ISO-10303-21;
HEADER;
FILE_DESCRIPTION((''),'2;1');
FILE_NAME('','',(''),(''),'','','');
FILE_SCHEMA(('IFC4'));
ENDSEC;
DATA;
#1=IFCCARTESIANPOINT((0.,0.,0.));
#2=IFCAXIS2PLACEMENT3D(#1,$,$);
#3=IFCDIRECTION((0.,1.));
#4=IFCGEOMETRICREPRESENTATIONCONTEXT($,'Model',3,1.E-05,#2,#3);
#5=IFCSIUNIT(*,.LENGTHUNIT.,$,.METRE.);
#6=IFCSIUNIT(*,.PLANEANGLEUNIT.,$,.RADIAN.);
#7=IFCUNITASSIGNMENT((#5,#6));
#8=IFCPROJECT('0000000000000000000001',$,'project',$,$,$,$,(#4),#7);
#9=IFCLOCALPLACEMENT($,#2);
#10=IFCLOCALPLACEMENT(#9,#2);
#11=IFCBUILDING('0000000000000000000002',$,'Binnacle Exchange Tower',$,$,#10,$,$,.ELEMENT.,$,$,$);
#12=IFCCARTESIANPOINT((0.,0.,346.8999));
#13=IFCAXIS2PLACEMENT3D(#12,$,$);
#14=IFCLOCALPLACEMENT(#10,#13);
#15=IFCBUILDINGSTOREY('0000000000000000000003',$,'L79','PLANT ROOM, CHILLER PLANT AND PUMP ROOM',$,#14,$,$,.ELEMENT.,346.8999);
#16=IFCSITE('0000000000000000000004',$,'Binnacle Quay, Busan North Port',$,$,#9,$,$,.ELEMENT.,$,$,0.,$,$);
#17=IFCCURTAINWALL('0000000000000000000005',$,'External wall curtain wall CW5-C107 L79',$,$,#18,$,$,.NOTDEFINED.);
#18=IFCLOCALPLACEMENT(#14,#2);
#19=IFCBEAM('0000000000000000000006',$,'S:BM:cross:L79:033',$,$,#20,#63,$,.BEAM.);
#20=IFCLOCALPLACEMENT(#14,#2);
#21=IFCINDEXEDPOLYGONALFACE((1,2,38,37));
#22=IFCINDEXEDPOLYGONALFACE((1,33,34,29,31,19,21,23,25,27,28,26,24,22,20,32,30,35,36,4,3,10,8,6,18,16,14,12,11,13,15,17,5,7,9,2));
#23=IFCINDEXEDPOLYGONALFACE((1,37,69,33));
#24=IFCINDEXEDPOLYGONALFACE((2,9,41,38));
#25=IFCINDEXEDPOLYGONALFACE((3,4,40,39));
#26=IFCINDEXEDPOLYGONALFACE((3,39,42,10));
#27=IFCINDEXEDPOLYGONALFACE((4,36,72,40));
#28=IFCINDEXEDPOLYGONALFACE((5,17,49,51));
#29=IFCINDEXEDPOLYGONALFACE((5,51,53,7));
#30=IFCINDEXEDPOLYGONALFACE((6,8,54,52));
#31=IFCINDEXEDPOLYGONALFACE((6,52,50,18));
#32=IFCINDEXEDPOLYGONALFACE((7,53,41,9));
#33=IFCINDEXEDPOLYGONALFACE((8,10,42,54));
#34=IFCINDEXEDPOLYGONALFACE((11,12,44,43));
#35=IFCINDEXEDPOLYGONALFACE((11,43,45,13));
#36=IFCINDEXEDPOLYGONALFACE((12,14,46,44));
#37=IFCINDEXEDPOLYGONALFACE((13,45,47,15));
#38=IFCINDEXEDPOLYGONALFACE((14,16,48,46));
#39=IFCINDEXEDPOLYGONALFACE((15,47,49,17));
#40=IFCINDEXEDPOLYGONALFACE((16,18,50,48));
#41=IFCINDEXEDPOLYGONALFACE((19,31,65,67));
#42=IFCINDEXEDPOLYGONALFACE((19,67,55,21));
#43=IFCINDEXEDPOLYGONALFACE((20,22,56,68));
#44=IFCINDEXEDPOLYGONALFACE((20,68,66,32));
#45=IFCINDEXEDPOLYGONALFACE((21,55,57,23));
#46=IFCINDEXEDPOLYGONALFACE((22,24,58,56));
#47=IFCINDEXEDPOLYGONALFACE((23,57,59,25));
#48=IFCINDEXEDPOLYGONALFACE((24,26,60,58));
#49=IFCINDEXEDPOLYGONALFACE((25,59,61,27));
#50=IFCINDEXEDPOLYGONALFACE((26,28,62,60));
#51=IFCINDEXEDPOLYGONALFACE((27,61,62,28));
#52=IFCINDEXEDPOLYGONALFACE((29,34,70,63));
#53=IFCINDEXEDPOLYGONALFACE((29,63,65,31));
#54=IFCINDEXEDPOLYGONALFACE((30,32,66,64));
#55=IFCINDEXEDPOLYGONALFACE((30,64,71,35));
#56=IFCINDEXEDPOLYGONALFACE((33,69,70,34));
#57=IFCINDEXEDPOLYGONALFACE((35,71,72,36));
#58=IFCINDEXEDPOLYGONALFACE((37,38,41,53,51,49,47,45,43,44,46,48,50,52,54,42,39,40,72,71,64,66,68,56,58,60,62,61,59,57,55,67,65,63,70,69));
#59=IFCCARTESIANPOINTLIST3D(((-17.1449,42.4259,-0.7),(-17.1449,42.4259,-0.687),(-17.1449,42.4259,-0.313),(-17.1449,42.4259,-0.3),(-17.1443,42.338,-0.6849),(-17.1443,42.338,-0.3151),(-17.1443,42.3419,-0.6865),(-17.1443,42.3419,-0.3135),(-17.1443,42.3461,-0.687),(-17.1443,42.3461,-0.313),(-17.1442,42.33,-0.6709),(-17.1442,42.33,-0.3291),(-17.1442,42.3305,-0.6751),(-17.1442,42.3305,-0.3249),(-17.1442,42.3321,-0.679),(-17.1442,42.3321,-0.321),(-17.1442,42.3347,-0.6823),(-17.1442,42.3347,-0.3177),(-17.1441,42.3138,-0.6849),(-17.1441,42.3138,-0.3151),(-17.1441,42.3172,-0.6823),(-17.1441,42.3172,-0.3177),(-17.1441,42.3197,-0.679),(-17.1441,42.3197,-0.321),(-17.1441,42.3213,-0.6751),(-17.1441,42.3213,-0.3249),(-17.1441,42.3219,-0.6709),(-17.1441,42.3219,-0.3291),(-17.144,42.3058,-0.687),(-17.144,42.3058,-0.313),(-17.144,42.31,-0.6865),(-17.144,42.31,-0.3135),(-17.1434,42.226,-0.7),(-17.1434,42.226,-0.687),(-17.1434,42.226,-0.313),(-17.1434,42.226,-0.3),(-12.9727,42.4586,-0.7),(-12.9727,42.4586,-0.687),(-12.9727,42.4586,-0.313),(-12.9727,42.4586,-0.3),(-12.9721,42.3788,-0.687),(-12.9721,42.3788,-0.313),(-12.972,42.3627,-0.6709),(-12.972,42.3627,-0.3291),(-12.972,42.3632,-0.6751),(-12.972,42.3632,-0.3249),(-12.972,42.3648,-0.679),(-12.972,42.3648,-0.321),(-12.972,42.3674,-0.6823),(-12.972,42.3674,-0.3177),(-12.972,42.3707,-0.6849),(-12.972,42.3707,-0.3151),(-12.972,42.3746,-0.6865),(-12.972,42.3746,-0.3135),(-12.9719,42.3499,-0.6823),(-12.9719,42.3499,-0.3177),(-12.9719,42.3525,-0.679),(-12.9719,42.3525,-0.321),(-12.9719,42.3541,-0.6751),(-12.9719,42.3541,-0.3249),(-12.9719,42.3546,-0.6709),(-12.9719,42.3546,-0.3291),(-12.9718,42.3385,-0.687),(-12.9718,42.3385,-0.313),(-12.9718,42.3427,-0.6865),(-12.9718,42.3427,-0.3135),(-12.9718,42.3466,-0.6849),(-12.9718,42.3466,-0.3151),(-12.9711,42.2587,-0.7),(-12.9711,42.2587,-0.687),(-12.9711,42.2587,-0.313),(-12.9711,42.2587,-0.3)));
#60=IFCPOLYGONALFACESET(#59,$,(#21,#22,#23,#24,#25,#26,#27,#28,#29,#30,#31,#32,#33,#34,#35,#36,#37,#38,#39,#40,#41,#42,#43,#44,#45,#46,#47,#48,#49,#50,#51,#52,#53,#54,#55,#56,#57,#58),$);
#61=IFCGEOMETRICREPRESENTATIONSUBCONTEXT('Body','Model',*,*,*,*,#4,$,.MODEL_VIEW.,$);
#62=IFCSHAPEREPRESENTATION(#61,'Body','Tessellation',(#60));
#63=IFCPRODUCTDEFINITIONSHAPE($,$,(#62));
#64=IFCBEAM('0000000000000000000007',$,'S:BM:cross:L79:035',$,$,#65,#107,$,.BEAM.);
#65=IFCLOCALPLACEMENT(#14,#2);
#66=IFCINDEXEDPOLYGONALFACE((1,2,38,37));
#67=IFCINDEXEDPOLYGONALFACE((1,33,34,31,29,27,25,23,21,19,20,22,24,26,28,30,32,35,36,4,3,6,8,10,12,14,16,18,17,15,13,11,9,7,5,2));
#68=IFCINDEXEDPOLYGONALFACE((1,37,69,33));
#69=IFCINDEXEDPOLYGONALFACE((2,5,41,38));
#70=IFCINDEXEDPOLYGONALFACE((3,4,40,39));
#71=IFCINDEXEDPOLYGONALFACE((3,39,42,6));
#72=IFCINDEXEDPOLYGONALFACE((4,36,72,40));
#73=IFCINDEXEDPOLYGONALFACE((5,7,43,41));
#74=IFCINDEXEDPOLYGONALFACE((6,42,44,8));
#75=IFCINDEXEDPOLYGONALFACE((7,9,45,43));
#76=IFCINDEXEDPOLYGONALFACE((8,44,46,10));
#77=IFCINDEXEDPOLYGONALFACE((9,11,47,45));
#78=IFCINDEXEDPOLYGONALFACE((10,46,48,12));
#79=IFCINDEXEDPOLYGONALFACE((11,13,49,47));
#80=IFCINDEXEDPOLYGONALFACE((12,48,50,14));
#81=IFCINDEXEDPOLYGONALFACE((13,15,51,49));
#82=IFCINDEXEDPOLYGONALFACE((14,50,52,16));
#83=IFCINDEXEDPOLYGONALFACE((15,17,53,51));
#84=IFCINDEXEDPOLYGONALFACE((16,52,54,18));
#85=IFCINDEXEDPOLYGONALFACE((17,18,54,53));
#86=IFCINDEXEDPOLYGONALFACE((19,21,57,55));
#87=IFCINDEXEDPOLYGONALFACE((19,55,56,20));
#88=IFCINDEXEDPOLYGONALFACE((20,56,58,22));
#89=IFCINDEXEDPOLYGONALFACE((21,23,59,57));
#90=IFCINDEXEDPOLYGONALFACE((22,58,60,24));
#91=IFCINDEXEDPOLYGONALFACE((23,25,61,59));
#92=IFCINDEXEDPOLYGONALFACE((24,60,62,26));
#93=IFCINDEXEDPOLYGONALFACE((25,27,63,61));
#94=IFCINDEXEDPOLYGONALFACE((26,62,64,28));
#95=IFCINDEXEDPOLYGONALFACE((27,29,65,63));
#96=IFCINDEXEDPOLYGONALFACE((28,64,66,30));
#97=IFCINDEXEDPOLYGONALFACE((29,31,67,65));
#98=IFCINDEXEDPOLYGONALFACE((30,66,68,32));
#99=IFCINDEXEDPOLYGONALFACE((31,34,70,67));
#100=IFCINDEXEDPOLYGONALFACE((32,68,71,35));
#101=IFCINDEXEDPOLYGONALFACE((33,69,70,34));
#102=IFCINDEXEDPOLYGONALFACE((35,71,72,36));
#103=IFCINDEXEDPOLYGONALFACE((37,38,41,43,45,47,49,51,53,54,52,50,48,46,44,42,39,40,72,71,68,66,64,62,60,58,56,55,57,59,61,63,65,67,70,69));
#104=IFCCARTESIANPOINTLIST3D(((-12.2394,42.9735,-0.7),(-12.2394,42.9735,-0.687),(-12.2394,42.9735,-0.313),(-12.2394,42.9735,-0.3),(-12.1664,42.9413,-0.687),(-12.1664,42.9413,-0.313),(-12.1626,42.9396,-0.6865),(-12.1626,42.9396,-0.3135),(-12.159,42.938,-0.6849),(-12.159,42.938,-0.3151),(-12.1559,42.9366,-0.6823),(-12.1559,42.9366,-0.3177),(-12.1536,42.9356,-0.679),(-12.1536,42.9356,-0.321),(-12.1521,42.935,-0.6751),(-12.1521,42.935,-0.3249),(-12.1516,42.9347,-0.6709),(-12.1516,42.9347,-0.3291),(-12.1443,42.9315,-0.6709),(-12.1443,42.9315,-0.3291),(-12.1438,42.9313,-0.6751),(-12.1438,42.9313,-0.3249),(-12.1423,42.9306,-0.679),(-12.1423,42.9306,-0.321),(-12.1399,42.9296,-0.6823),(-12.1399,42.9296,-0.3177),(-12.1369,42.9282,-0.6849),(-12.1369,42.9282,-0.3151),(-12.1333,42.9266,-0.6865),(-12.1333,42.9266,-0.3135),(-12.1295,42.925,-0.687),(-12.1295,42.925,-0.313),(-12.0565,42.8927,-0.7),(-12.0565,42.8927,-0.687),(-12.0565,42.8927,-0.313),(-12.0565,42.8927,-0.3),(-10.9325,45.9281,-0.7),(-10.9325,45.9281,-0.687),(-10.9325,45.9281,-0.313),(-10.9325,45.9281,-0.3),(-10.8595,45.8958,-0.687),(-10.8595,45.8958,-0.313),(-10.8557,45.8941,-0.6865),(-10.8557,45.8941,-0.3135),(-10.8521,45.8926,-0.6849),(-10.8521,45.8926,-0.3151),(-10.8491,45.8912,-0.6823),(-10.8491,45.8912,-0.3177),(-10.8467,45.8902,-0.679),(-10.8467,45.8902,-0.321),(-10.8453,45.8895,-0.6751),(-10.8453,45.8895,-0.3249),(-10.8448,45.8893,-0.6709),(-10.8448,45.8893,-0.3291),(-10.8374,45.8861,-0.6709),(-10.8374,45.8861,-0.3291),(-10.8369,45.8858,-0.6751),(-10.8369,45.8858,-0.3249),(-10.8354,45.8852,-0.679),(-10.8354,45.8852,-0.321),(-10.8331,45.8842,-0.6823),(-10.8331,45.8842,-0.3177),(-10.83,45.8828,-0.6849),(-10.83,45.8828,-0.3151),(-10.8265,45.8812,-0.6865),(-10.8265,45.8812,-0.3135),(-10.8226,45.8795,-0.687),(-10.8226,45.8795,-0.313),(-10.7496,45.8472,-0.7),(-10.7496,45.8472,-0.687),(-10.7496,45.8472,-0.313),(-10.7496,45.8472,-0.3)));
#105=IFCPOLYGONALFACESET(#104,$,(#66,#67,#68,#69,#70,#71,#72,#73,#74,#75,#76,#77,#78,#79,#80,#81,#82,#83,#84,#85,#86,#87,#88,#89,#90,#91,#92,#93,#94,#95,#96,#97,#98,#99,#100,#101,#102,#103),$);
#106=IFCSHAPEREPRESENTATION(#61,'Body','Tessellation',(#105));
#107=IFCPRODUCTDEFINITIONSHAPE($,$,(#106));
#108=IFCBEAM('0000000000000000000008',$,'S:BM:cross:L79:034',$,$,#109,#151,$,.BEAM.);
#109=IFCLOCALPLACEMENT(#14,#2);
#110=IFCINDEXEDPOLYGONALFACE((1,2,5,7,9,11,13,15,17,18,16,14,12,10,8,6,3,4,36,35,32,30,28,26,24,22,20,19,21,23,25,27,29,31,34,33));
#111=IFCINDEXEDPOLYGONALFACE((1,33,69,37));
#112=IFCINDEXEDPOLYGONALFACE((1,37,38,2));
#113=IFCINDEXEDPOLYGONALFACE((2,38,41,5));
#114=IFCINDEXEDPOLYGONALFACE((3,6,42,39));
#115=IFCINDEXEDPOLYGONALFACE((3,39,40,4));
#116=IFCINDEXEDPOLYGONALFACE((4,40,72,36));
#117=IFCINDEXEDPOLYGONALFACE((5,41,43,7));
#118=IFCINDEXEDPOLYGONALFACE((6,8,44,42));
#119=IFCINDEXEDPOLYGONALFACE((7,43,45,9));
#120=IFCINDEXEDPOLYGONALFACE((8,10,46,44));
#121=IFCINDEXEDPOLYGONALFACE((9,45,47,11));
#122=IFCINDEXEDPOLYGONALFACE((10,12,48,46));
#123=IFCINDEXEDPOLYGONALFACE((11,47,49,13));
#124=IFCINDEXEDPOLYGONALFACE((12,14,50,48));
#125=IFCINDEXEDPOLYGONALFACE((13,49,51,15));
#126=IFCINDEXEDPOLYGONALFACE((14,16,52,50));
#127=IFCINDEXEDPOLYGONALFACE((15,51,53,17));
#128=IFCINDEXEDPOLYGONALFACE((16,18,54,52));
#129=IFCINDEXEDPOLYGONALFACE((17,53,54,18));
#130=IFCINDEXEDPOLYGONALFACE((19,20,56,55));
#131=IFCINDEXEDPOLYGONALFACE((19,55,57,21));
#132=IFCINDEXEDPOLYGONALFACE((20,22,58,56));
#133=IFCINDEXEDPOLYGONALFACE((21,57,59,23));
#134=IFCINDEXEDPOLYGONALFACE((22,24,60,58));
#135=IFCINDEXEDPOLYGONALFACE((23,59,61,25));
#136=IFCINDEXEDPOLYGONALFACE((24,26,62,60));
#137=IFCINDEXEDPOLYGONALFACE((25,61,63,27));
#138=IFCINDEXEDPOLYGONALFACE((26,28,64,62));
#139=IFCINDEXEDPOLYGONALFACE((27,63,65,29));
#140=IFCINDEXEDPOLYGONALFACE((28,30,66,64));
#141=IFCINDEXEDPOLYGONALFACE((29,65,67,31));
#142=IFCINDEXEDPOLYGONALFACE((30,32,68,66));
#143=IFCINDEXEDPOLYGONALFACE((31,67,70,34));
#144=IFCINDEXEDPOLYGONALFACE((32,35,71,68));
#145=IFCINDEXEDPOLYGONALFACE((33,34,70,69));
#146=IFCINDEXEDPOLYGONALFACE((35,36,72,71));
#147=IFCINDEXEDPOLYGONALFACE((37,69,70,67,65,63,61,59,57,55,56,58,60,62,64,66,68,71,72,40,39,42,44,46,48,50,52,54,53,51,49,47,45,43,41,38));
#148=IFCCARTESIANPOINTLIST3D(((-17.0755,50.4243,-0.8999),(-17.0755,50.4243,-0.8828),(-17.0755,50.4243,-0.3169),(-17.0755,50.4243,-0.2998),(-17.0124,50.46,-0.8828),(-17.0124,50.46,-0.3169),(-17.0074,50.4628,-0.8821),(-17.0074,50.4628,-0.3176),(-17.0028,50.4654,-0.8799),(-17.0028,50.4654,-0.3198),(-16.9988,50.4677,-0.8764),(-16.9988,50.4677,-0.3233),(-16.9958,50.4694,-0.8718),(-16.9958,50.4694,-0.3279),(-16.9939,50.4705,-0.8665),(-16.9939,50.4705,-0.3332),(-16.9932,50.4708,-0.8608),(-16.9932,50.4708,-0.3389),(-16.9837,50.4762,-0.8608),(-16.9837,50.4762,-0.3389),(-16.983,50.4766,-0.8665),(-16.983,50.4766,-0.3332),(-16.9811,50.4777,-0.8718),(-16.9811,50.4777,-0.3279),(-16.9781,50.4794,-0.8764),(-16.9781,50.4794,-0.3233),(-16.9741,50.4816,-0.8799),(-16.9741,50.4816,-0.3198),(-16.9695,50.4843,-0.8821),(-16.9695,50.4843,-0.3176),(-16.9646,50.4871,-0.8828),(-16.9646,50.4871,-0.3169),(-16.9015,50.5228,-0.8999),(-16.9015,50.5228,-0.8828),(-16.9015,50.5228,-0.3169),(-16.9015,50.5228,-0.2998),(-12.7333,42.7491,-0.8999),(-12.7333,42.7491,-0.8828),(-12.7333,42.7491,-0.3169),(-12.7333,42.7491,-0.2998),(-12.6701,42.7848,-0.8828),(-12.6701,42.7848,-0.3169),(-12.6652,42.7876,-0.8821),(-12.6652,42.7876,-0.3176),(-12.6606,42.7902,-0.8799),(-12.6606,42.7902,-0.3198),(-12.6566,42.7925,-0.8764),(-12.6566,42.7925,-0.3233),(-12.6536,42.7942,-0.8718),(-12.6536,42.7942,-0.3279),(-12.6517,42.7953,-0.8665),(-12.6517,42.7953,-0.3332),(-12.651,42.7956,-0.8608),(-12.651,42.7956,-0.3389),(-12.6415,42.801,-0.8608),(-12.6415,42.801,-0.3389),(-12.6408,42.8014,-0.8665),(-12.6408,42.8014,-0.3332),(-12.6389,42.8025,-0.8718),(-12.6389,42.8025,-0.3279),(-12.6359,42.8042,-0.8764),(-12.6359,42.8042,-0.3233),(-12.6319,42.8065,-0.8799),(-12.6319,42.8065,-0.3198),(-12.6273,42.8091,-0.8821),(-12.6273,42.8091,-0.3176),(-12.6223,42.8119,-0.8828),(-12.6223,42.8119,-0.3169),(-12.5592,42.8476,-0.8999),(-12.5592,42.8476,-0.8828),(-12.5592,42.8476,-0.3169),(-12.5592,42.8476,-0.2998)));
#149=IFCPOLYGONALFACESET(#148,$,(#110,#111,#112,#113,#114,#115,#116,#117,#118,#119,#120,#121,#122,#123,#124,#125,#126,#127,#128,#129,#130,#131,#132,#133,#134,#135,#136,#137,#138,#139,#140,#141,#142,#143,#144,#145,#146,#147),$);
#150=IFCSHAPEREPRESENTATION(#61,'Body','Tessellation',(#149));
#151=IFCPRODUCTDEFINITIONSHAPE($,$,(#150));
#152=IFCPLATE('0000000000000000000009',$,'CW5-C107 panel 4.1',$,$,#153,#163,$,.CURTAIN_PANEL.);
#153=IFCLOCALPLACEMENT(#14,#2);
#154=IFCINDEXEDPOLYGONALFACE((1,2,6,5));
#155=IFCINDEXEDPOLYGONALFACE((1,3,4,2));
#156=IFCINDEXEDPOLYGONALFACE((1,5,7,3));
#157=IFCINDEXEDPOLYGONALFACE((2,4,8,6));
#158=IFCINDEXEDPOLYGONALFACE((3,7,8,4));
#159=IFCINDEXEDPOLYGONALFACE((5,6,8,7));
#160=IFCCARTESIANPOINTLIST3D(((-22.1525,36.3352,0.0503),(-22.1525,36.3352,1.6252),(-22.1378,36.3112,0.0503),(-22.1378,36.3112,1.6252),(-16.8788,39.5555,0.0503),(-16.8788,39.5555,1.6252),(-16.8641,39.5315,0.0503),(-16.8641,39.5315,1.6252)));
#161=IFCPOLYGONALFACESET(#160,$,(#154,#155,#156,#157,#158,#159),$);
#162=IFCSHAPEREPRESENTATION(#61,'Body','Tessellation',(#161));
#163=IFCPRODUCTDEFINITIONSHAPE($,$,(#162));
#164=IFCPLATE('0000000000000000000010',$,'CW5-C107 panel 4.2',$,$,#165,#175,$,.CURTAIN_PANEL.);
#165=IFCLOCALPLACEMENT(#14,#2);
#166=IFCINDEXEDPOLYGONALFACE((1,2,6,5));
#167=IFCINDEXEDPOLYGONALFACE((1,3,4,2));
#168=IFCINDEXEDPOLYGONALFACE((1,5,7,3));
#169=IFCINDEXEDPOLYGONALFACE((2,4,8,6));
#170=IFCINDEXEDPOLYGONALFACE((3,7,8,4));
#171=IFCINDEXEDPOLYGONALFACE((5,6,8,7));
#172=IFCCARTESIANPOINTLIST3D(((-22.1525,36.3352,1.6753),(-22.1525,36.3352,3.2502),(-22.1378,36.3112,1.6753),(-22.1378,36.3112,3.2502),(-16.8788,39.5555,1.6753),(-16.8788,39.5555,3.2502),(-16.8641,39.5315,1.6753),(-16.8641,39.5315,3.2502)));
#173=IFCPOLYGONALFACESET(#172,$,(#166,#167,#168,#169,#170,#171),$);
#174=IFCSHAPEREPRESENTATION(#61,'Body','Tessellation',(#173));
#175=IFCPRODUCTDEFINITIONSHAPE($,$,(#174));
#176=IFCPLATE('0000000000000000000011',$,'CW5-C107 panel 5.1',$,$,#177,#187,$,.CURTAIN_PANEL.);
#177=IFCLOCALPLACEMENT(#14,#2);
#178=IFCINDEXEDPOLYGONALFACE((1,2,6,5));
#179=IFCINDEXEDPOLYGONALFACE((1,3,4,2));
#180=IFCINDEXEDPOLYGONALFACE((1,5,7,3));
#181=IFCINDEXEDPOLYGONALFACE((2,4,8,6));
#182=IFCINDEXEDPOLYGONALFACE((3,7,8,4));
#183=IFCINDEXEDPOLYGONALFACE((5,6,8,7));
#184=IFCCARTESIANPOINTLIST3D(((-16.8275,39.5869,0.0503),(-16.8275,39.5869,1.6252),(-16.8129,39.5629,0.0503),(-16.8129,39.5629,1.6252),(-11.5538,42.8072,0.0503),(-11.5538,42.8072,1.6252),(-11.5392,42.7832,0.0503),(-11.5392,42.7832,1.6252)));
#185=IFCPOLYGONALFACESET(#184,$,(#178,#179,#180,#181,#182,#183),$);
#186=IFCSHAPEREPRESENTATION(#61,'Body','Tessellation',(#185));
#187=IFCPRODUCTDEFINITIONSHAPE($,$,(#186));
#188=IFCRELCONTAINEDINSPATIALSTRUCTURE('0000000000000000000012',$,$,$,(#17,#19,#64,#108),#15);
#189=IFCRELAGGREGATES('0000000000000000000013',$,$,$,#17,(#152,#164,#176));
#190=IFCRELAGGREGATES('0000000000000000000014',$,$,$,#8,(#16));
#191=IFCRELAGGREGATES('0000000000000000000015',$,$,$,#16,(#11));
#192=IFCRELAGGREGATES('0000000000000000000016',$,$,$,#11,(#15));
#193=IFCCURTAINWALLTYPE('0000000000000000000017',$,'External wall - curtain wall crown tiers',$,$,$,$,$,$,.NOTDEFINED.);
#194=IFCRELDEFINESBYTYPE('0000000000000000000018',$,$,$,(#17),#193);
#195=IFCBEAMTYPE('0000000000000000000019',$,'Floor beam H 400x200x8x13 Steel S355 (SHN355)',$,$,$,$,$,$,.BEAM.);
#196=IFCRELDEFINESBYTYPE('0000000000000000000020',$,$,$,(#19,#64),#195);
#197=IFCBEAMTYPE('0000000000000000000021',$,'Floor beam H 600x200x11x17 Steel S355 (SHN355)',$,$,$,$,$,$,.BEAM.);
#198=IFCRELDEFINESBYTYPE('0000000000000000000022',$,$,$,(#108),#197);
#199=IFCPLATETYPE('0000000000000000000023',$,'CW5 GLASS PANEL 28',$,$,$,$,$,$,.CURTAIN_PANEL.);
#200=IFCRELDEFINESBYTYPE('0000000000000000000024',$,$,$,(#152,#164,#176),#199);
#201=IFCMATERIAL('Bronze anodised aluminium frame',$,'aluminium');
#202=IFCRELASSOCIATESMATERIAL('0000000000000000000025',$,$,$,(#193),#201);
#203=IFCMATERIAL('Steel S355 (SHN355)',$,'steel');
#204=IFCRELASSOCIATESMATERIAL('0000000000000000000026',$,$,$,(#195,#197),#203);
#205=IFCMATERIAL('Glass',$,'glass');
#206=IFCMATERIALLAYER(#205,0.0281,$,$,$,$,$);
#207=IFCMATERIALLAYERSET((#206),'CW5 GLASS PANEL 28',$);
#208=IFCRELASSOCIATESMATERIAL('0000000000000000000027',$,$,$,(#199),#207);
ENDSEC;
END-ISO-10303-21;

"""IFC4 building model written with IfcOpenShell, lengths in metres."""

from ifc_helpers import new_model, si_unit, direction, frame, origin, origin_2d, place, context, subcontext, project, spatial, rectangle, i_section, extrude, material, layer, layer_set, material_profile, profile_set, type_object, element, aggregate, save


model = new_model("IFC4")

# Units and contexts
model_context = context("Model", 3, precision=1e-05, world=origin(), true_north=direction((0.0, 1.0)))
body_context = subcontext(model_context, "Body", "Model", "MODEL_VIEW")
ifc_project = project(units=[si_unit("LENGTHUNIT", "METRE"), si_unit("PLANEANGLEUNIT", "RADIAN")], contexts=[model_context])

# Site, building, storey
site_placement = place(None, origin())
site = spatial("IfcSite", under=ifc_project, at=site_placement, Name="Binnacle Quay, Busan North Port", CompositionType="ELEMENT", RefElevation=0.0)
building_placement = place(site_placement, origin())
building = spatial("IfcBuilding", under=site, at=building_placement, Name="Binnacle Exchange Tower", CompositionType="ELEMENT")
storey_placement = place(building_placement, frame((0.0, 0.0, 346.8999)))
storey = spatial("IfcBuildingStorey", under=building, at=storey_placement, Name="L79", Description="PLANT ROOM, CHILLER PLANT AND PUMP ROOM", CompositionType="ELEMENT", Elevation=346.8999)

# Shared definitions
ifc_material_1 = material(Name="Steel S355 (SHN355)", Category="steel")

# Curtain wall
ifc_material_2 = material(Name="Bronze anodised aluminium frame", Category="aluminium")
curtain_wall_type = type_object("IfcCurtainWallType", Name="External wall - curtain wall crown tiers", PredefinedType="NOTDEFINED", material=ifc_material_2)
curtain_wall_placement = place(storey_placement, origin())
curtain_wall = element("IfcCurtainWall", 1, at=curtain_wall_placement, inside=storey, type_object=curtain_wall_type, Name="External wall curtain wall CW5-C107 L79", PredefinedType="NOTDEFINED")

# Beams
ifc_material_profile_1 = material_profile(ifc_material_1, i_section(OverallWidth=0.2, OverallDepth=0.3999, WebThickness=0.0081, FlangeThickness=0.0129, FilletRadius=0.0161, at=origin_2d()), Name="H 400x200x8x13")
ifc_profile_set_1 = profile_set([ifc_material_profile_1], Name="Steel S355 (SHN355)")
beam_type_1 = type_object("IfcBeamType", Name="Floor beam H 400x200x8x13 Steel S355 (SHN355)", PredefinedType="BEAM", material=ifc_profile_set_1)
beam_1_placement = place(storey_placement, frame((-12.9719, 42.3586, -0.5), z_axis=(-0.999969, -0.007841, 0.0), x_axis=(0.007841, -0.999969, 0.0)))
element("IfcBeam", 2, at=beam_1_placement, inside=storey, type_object=beam_type_1, Name="S:BM:cross:L79:033", PredefinedType="BEAM", context=body_context, shape_type="SweptSolid", body=[
    extrude(i_section(OverallWidth=0.2, OverallDepth=0.3999, WebThickness=0.0081, FlangeThickness=0.0129, FilletRadius=0.0161, at=origin_2d()), origin(), (0.0, 0.0, 1.0), 4.1724),
])
beam_2_placement = place(storey_placement, frame((-12.1479, 42.9331, -0.5), z_axis=(0.404518, 0.91453, 0.0), x_axis=(-0.91453, 0.404518, 0.0)))
element("IfcBeam", 3, at=beam_2_placement, inside=storey, type_object=beam_type_1, Name="S:BM:cross:L79:035", PredefinedType="BEAM", context=body_context, shape_type="SweptSolid", body=[
    extrude(i_section(OverallWidth=0.2, OverallDepth=0.3999, WebThickness=0.0081, FlangeThickness=0.0129, FilletRadius=0.0161, at=origin_2d()), origin(), (0.0, 0.0, 1.0), 3.2307),
])
ifc_material_profile_2 = material_profile(ifc_material_1, i_section(OverallWidth=0.2, OverallDepth=0.6001, WebThickness=0.011, FlangeThickness=0.0171, FilletRadius=0.022, at=origin_2d()), Name="H 600x200x11x17")
ifc_profile_set_2 = profile_set([ifc_material_profile_2], Name="Steel S355 (SHN355)")
beam_type_2 = type_object("IfcBeamType", Name="Floor beam H 600x200x11x17 Steel S355 (SHN355)", PredefinedType="BEAM", material=ifc_profile_set_2)
beam_3_placement = place(storey_placement, frame((-12.6462, 42.7983, -0.5999), z_axis=(-0.492408, 0.870365, 0.0), x_axis=(-0.870365, -0.492408, 0.0)))
element("IfcBeam", 4, at=beam_3_placement, inside=storey, type_object=beam_type_2, Name="S:BM:cross:L79:034", PredefinedType="BEAM", context=body_context, shape_type="SweptSolid", body=[
    extrude(i_section(OverallWidth=0.2, OverallDepth=0.6001, WebThickness=0.011, FlangeThickness=0.0171, FilletRadius=0.022, at=origin_2d()), origin(), (0.0, 0.0, 1.0), 8.8184),
])

# Plates
ifc_material_3 = material(Name="Glass", Category="glass")
ifc_layer_1 = layer(ifc_material_3, 0.0281)
ifc_layer_set_1 = layer_set([ifc_layer_1], Name="CW5 GLASS PANEL 28")
plate_type = type_object("IfcPlateType", Name="CW5 GLASS PANEL 28", PredefinedType="CURTAIN_PANEL", material=ifc_layer_set_1)
plate_1_placement = place(storey_placement, frame((-19.5083, 37.9333, 0.0503), z_axis=(0.0, 0.0, 1.0), x_axis=(0.853461, 0.521157, 0.0)))
plate_1 = element("IfcPlate", 5, at=plate_1_placement, type_object=plate_type, Name="CW5-C107 panel 4.1", PredefinedType="CURTAIN_PANEL", context=body_context, shape_type="SweptSolid", body=[
    extrude(rectangle(XDim=6.1792, YDim=0.0281, at=origin_2d()), origin(), (0.0, 0.0, 1.0), 1.575),
])
plate_2_placement = place(storey_placement, frame((-19.5083, 37.9333, 1.6753), z_axis=(0.0, 0.0, 1.0), x_axis=(0.853461, 0.521157, 0.0)))
plate_2 = element("IfcPlate", 6, at=plate_2_placement, type_object=plate_type, Name="CW5-C107 panel 4.2", PredefinedType="CURTAIN_PANEL", context=body_context, shape_type="SweptSolid", body=[
    extrude(rectangle(XDim=6.1792, YDim=0.0281, at=origin_2d()), origin(), (0.0, 0.0, 1.0), 1.575),
])
plate_3_placement = place(storey_placement, frame((-14.1833, 41.1851, 0.0503), z_axis=(0.0, 0.0, 1.0), x_axis=(0.853461, 0.521157, 0.0)))
plate_3 = element("IfcPlate", 7, at=plate_3_placement, type_object=plate_type, Name="CW5-C107 panel 5.1", PredefinedType="CURTAIN_PANEL", context=body_context, shape_type="SweptSolid", body=[
    extrude(rectangle(XDim=6.1792, YDim=0.0281, at=origin_2d()), origin(), (0.0, 0.0, 1.0), 1.575),
])
aggregate(curtain_wall, [plate_1, plate_2, plate_3])

save(model, "model.ifc")
